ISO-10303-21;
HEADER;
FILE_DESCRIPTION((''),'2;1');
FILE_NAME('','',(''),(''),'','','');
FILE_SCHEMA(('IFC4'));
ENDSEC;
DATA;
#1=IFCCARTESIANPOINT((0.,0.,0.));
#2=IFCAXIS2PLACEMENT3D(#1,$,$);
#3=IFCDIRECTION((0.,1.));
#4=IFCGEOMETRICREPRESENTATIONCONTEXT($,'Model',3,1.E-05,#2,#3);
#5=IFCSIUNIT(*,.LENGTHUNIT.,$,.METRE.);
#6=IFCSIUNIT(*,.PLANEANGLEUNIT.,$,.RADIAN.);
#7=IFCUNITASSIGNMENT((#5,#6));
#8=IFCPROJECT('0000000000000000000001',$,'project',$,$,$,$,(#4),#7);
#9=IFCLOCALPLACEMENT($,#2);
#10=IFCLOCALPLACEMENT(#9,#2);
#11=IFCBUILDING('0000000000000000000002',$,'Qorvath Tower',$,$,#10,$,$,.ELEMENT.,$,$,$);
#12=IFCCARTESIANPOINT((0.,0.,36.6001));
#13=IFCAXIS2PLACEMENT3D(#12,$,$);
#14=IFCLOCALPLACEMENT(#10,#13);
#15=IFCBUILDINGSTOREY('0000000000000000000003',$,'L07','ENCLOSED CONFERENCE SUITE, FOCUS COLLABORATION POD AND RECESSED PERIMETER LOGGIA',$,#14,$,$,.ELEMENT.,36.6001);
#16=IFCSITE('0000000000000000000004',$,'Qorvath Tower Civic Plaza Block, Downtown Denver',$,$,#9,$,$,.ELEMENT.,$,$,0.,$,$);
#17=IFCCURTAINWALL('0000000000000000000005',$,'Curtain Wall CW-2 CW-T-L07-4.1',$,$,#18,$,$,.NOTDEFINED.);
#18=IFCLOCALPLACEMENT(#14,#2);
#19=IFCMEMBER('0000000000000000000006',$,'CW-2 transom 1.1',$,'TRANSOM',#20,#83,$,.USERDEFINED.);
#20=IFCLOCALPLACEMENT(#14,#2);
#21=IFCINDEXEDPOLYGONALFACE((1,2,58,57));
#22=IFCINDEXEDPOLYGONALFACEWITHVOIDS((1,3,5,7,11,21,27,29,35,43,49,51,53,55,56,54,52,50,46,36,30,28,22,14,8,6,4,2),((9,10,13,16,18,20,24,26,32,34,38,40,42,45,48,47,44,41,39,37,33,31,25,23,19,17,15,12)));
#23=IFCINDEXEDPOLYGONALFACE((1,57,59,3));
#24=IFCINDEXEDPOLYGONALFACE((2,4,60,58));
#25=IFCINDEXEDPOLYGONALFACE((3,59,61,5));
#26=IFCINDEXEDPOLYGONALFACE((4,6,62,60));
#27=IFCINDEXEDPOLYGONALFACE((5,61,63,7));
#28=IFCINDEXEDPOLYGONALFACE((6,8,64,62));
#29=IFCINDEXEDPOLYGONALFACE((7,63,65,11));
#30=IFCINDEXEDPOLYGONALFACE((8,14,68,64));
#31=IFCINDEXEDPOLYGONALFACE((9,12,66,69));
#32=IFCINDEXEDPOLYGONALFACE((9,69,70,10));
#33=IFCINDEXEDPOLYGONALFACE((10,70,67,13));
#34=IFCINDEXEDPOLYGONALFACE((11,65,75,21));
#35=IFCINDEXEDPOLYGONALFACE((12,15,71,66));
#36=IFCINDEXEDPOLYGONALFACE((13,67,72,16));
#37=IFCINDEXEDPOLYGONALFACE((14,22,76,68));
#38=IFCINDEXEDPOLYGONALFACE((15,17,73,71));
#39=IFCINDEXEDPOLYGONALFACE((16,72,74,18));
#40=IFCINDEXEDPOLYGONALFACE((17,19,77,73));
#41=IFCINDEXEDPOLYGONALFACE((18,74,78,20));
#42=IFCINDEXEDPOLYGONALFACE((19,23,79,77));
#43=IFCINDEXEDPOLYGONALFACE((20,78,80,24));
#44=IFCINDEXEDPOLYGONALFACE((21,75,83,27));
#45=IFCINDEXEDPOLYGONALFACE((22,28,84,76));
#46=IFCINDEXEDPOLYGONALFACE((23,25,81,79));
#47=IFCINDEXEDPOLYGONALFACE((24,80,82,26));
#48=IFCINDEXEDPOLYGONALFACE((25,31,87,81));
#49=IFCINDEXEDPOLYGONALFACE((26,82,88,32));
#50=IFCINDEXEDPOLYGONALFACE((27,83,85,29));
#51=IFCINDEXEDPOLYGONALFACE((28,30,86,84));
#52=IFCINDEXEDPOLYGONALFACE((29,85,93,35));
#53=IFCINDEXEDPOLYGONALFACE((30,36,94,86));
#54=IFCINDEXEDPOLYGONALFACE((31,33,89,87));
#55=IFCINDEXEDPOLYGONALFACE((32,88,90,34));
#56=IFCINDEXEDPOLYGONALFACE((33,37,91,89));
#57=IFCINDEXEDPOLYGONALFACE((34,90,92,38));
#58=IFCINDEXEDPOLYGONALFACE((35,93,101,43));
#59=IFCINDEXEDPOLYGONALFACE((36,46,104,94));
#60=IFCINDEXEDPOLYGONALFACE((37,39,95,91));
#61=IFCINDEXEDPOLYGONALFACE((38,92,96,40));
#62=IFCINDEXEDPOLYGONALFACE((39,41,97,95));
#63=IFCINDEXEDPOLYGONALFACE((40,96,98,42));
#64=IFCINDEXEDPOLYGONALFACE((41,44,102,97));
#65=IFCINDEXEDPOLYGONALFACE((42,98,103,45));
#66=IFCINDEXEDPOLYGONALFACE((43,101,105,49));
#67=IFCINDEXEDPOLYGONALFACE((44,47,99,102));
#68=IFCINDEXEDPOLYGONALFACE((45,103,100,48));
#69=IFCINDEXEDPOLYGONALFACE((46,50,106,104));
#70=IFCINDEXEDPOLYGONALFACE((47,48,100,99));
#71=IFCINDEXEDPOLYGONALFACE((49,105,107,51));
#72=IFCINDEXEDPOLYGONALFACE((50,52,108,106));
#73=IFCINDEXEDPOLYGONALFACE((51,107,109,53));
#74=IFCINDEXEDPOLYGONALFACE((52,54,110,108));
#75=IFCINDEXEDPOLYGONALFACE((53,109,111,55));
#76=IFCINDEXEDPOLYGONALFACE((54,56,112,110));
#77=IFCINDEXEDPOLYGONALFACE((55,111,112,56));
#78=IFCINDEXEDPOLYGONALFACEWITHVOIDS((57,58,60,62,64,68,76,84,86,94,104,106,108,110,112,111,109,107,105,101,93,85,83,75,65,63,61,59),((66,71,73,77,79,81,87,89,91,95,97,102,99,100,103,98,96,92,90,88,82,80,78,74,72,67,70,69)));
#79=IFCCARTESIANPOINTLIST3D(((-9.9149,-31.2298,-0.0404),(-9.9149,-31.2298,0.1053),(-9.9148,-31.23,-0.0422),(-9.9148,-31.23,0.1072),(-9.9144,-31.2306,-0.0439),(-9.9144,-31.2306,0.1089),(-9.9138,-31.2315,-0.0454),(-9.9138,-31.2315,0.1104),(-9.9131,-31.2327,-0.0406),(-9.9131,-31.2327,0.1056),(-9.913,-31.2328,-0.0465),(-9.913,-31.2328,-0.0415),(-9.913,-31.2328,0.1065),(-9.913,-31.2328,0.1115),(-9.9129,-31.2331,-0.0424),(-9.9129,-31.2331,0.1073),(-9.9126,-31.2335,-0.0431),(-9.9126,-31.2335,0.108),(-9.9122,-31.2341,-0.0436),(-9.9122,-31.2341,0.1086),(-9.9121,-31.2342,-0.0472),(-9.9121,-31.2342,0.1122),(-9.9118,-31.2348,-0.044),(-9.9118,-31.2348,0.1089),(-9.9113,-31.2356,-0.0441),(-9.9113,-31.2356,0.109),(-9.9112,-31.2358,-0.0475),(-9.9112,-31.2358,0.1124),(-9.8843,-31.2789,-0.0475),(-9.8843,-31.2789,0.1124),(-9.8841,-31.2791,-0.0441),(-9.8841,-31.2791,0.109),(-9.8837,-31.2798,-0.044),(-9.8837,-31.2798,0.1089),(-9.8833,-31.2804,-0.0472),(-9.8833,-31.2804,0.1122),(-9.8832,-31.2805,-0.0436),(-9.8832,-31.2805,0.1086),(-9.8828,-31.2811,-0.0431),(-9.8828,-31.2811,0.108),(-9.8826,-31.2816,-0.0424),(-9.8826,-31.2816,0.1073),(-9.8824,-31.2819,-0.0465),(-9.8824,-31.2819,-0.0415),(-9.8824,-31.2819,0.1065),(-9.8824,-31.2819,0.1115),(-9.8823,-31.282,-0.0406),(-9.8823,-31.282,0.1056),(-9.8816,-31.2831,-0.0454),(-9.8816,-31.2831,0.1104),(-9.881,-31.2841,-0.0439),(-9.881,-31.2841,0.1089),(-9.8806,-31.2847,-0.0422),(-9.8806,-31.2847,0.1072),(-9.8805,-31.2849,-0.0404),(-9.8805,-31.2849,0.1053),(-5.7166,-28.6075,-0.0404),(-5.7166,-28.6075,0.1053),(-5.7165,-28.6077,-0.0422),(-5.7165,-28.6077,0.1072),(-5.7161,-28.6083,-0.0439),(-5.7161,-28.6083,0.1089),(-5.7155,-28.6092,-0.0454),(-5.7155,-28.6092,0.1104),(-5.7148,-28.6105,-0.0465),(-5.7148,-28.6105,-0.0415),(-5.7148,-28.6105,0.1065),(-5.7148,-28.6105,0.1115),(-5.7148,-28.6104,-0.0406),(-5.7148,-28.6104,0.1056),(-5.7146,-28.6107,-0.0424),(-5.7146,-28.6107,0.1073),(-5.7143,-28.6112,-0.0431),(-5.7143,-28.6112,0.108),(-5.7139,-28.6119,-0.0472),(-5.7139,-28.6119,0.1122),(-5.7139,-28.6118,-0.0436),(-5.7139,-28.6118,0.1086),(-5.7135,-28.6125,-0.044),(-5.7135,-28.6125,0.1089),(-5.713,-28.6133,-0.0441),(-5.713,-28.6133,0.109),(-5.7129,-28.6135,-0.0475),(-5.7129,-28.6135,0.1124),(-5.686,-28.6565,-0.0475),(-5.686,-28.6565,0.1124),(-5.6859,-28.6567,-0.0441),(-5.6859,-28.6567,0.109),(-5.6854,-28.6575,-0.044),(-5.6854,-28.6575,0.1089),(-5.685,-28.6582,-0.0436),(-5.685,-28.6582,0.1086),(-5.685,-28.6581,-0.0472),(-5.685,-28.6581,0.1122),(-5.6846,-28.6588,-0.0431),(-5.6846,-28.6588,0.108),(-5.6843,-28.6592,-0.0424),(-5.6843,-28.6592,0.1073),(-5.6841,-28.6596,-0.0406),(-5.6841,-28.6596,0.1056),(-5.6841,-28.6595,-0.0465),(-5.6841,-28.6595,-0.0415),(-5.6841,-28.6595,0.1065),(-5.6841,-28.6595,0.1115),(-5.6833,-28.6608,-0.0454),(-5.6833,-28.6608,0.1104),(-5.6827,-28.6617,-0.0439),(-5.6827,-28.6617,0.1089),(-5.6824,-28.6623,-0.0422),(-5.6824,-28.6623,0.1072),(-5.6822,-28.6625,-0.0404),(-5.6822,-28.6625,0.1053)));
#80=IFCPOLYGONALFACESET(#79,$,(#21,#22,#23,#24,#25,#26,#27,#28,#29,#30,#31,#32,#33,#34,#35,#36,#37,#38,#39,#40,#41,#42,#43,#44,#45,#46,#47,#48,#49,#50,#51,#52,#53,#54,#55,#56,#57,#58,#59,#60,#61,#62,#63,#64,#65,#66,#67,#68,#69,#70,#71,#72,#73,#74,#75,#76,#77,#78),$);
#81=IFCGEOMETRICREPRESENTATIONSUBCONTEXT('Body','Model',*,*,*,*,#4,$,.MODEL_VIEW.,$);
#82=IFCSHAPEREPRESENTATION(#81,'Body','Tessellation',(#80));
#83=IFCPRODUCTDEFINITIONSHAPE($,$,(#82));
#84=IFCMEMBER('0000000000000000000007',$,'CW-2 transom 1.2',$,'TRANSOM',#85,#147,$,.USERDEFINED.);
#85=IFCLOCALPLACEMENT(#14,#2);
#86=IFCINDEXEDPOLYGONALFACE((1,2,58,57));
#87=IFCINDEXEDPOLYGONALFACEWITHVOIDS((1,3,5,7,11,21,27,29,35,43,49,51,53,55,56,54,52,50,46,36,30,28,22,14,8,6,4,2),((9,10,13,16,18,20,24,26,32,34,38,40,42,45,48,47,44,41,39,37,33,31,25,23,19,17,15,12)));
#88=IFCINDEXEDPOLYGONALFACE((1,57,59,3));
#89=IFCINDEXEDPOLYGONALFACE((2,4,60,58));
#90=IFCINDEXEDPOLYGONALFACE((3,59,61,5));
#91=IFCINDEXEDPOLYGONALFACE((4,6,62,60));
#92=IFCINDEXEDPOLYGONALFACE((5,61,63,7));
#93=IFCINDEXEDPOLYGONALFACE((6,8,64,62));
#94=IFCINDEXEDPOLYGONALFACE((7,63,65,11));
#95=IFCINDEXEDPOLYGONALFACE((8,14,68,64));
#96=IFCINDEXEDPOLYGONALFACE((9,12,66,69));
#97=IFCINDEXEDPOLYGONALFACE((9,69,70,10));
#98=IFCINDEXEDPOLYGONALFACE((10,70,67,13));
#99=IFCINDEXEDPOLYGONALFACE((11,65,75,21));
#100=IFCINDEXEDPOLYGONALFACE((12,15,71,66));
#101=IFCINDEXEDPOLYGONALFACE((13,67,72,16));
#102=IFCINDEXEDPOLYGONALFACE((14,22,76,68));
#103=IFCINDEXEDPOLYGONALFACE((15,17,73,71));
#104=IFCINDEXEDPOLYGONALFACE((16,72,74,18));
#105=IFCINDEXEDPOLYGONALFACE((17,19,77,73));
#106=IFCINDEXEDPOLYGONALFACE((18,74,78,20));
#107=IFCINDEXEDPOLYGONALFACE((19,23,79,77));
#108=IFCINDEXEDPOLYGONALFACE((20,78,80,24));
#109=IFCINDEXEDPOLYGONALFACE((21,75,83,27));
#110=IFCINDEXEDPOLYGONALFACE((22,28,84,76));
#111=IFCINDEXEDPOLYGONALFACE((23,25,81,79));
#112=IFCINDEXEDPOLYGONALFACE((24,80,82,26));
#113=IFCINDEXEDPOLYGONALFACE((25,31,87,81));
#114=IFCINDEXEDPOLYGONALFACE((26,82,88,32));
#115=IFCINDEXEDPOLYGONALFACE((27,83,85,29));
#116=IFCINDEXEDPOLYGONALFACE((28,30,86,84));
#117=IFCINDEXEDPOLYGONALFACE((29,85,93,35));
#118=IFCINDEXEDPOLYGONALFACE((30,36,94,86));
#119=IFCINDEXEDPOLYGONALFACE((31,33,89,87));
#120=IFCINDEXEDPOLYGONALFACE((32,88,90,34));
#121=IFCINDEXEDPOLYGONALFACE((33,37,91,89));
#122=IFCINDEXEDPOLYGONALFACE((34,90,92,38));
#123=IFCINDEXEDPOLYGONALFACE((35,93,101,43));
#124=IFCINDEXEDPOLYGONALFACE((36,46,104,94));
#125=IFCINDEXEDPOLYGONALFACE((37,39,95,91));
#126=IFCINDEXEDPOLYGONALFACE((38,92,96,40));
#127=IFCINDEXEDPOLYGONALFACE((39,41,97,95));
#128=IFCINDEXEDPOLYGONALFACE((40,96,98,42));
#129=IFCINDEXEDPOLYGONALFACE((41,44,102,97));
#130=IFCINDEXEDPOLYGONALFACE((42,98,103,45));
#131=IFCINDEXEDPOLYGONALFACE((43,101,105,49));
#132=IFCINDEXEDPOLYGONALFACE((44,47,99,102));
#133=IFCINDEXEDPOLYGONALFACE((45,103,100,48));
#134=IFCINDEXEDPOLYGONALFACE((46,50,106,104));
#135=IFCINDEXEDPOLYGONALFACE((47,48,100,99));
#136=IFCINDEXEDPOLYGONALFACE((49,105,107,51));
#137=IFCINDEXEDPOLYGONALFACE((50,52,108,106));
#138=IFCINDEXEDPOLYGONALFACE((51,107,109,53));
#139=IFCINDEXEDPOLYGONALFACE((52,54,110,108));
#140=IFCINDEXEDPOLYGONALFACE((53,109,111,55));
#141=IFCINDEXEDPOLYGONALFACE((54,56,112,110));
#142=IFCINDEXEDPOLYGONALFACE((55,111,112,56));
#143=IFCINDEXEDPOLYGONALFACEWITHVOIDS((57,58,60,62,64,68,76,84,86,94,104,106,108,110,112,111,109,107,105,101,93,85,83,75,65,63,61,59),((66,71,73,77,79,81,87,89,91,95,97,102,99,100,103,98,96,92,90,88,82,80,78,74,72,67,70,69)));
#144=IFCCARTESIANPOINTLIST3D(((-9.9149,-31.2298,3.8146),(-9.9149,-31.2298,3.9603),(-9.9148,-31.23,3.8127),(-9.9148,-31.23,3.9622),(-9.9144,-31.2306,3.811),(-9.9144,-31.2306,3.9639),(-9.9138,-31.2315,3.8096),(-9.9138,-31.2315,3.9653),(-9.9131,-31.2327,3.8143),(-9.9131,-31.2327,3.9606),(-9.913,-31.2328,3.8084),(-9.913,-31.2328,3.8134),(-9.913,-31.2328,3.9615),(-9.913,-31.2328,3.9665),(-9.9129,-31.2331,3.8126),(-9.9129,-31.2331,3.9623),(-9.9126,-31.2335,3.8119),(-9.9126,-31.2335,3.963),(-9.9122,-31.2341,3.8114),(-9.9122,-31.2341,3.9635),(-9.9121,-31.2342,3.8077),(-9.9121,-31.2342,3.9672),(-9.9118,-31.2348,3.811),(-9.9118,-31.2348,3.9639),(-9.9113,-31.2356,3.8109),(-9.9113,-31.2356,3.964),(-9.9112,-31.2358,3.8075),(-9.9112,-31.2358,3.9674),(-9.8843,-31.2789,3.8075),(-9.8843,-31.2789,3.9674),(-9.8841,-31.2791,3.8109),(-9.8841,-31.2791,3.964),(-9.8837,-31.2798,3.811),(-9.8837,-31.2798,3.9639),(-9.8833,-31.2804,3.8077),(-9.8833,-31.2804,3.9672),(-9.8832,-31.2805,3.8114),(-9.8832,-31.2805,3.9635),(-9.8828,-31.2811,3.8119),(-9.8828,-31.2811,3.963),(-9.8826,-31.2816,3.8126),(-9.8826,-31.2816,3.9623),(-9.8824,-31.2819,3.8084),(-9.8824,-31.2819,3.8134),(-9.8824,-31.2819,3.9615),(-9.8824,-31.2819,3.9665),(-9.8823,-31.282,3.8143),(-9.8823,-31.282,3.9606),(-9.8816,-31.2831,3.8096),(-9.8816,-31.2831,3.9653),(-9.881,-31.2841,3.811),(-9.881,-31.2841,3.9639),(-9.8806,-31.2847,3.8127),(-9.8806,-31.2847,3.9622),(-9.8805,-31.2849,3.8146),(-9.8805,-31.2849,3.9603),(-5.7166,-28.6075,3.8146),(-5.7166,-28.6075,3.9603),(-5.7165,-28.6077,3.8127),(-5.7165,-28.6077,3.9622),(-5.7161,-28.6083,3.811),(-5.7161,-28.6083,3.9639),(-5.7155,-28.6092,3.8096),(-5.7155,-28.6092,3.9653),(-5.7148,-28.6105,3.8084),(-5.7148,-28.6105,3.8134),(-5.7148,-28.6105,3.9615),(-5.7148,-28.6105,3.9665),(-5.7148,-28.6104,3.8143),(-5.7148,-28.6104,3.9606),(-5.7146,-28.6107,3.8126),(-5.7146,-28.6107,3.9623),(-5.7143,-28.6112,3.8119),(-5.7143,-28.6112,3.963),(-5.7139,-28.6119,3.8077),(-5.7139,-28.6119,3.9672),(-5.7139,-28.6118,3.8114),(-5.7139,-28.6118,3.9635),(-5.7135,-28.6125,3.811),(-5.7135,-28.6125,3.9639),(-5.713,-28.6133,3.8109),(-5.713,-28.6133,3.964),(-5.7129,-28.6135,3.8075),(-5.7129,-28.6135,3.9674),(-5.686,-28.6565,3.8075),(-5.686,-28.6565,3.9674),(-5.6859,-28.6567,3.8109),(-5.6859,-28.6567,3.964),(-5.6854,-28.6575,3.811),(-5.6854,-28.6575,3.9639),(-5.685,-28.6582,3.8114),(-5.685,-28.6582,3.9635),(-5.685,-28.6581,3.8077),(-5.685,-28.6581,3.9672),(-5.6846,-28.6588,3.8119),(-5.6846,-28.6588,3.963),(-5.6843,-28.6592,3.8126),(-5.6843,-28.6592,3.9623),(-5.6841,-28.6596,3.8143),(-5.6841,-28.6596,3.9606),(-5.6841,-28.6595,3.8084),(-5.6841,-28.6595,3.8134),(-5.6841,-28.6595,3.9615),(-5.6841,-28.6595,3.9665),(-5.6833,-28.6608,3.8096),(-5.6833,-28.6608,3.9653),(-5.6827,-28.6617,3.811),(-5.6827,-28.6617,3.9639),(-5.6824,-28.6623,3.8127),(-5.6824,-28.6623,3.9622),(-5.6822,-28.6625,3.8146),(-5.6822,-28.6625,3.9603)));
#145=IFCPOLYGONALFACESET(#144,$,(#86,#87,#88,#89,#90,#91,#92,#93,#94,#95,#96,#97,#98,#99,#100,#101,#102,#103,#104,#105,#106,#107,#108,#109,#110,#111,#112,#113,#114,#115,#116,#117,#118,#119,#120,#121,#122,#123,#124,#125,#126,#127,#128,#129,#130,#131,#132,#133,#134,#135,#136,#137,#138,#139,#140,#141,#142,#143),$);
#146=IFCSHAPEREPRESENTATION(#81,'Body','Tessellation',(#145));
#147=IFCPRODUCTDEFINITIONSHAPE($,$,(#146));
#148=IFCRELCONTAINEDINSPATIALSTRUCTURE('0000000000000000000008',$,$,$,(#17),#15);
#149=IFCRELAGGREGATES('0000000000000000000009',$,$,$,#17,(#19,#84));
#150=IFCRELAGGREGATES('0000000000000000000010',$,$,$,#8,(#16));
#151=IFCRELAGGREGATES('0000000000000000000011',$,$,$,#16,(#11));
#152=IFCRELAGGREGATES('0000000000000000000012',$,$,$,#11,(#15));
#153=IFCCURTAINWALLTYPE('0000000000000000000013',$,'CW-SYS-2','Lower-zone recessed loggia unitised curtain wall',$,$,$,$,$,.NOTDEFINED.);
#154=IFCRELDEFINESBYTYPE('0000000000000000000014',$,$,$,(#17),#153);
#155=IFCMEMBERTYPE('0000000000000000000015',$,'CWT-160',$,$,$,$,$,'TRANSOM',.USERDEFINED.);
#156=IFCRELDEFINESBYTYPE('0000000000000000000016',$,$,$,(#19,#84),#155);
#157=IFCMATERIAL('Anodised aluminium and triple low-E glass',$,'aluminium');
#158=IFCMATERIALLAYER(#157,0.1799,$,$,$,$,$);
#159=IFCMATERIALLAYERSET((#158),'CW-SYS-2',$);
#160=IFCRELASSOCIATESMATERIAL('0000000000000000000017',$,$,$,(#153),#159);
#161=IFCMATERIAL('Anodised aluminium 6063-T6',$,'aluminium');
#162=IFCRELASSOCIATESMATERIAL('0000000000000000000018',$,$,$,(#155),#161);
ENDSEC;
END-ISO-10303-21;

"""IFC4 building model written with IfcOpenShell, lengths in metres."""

from ifc_helpers import new_model, si_unit, direction, frame, origin, origin_2d, place, context, subcontext, project, spatial, hollow_rectangle, extrude, material, layer, layer_set, material_profile, profile_set, type_object, element, aggregate, save


model = new_model("IFC4")

# Units and contexts
model_context = context("Model", 3, precision=1e-05, world=origin(), true_north=direction((0.0, 1.0)))
body_context = subcontext(model_context, "Body", "Model", "MODEL_VIEW")
ifc_project = project(units=[si_unit("LENGTHUNIT", "METRE"), si_unit("PLANEANGLEUNIT", "RADIAN")], contexts=[model_context])

# Site, building, storey
site_placement = place(None, origin())
site = spatial("IfcSite", under=ifc_project, at=site_placement, Name="Qorvath Tower Civic Plaza Block, Downtown Denver", CompositionType="ELEMENT", RefElevation=0.0)
building_placement = place(site_placement, origin())
building = spatial("IfcBuilding", under=site, at=building_placement, Name="Qorvath Tower", CompositionType="ELEMENT")
storey_placement = place(building_placement, frame((0.0, 0.0, 36.6001)))
storey = spatial("IfcBuildingStorey", under=building, at=storey_placement, Name="L07", Description="ENCLOSED CONFERENCE SUITE, FOCUS COLLABORATION POD AND RECESSED PERIMETER LOGGIA", CompositionType="ELEMENT", Elevation=36.6001)

# Curtain wall
ifc_material_1 = material(Name="Anodised aluminium and triple low-E glass", Category="aluminium")
ifc_layer_1 = layer(ifc_material_1, 0.1799)
ifc_layer_set_1 = layer_set([ifc_layer_1], Name="CW-SYS-2")
curtain_wall_type = type_object("IfcCurtainWallType", Name="CW-SYS-2", Description="Lower-zone recessed loggia unitised curtain wall", PredefinedType="NOTDEFINED", material=ifc_layer_set_1)
curtain_wall_1_placement = place(storey_placement, origin())
curtain_wall_1 = element("IfcCurtainWall", 1, at=curtain_wall_1_placement, inside=storey, type_object=curtain_wall_type, Name="Curtain Wall CW-2 CW-T-L07-4.1", PredefinedType="NOTDEFINED")

# Members
ifc_material_2 = material(Name="Anodised aluminium 6063-T6", Category="aluminium")
ifc_material_profile_1 = material_profile(ifc_material_2, hollow_rectangle(XDim=0.0649, YDim=0.1599, WallThickness=0.0034, InnerFilletRadius=0.0034, OuterFilletRadius=0.0071, at=origin_2d()), Name="CWT 160x65")
ifc_profile_set_1 = profile_set([ifc_material_profile_1], Name="Anodised aluminium 6063-T6")
member_type_1 = type_object("IfcMemberType", Name="CWT-160", ElementType="TRANSOM", PredefinedType="USERDEFINED", material=ifc_profile_set_1)
member_1_placement = place(storey_placement, frame((-9.8977, -31.2573, 0.0325), z_axis=(0.848142, 0.529768, 0.0), x_axis=(-0.529768, 0.848142, 0.0)))
member_1 = element("IfcMember", 2, at=member_1_placement, type_object=member_type_1, Name="CW-2 transom 1.1", ObjectType="TRANSOM", PredefinedType="USERDEFINED", context=body_context, shape_type="SweptSolid", body=[
    extrude(hollow_rectangle(XDim=0.0649, YDim=0.1599, WallThickness=0.0034, InnerFilletRadius=0.0034, OuterFilletRadius=0.0071, at=origin_2d()), origin(), (0.0, 0.0, 1.0), 4.95),
])
member_2_placement = place(storey_placement, frame((-9.8977, -31.2573, 3.8875), z_axis=(0.848142, 0.529768, 0.0), x_axis=(-0.529768, 0.848142, 0.0)))
member_2 = element("IfcMember", 3, at=member_2_placement, type_object=member_type_1, Name="CW-2 transom 1.2", ObjectType="TRANSOM", PredefinedType="USERDEFINED", context=body_context, shape_type="SweptSolid", body=[
    extrude(hollow_rectangle(XDim=0.0649, YDim=0.1599, WallThickness=0.0034, InnerFilletRadius=0.0034, OuterFilletRadius=0.0071, at=origin_2d()), origin(), (0.0, 0.0, 1.0), 4.95),
])

aggregate(curtain_wall_1, [member_1, member_2])

save(model, "model.ifc")
